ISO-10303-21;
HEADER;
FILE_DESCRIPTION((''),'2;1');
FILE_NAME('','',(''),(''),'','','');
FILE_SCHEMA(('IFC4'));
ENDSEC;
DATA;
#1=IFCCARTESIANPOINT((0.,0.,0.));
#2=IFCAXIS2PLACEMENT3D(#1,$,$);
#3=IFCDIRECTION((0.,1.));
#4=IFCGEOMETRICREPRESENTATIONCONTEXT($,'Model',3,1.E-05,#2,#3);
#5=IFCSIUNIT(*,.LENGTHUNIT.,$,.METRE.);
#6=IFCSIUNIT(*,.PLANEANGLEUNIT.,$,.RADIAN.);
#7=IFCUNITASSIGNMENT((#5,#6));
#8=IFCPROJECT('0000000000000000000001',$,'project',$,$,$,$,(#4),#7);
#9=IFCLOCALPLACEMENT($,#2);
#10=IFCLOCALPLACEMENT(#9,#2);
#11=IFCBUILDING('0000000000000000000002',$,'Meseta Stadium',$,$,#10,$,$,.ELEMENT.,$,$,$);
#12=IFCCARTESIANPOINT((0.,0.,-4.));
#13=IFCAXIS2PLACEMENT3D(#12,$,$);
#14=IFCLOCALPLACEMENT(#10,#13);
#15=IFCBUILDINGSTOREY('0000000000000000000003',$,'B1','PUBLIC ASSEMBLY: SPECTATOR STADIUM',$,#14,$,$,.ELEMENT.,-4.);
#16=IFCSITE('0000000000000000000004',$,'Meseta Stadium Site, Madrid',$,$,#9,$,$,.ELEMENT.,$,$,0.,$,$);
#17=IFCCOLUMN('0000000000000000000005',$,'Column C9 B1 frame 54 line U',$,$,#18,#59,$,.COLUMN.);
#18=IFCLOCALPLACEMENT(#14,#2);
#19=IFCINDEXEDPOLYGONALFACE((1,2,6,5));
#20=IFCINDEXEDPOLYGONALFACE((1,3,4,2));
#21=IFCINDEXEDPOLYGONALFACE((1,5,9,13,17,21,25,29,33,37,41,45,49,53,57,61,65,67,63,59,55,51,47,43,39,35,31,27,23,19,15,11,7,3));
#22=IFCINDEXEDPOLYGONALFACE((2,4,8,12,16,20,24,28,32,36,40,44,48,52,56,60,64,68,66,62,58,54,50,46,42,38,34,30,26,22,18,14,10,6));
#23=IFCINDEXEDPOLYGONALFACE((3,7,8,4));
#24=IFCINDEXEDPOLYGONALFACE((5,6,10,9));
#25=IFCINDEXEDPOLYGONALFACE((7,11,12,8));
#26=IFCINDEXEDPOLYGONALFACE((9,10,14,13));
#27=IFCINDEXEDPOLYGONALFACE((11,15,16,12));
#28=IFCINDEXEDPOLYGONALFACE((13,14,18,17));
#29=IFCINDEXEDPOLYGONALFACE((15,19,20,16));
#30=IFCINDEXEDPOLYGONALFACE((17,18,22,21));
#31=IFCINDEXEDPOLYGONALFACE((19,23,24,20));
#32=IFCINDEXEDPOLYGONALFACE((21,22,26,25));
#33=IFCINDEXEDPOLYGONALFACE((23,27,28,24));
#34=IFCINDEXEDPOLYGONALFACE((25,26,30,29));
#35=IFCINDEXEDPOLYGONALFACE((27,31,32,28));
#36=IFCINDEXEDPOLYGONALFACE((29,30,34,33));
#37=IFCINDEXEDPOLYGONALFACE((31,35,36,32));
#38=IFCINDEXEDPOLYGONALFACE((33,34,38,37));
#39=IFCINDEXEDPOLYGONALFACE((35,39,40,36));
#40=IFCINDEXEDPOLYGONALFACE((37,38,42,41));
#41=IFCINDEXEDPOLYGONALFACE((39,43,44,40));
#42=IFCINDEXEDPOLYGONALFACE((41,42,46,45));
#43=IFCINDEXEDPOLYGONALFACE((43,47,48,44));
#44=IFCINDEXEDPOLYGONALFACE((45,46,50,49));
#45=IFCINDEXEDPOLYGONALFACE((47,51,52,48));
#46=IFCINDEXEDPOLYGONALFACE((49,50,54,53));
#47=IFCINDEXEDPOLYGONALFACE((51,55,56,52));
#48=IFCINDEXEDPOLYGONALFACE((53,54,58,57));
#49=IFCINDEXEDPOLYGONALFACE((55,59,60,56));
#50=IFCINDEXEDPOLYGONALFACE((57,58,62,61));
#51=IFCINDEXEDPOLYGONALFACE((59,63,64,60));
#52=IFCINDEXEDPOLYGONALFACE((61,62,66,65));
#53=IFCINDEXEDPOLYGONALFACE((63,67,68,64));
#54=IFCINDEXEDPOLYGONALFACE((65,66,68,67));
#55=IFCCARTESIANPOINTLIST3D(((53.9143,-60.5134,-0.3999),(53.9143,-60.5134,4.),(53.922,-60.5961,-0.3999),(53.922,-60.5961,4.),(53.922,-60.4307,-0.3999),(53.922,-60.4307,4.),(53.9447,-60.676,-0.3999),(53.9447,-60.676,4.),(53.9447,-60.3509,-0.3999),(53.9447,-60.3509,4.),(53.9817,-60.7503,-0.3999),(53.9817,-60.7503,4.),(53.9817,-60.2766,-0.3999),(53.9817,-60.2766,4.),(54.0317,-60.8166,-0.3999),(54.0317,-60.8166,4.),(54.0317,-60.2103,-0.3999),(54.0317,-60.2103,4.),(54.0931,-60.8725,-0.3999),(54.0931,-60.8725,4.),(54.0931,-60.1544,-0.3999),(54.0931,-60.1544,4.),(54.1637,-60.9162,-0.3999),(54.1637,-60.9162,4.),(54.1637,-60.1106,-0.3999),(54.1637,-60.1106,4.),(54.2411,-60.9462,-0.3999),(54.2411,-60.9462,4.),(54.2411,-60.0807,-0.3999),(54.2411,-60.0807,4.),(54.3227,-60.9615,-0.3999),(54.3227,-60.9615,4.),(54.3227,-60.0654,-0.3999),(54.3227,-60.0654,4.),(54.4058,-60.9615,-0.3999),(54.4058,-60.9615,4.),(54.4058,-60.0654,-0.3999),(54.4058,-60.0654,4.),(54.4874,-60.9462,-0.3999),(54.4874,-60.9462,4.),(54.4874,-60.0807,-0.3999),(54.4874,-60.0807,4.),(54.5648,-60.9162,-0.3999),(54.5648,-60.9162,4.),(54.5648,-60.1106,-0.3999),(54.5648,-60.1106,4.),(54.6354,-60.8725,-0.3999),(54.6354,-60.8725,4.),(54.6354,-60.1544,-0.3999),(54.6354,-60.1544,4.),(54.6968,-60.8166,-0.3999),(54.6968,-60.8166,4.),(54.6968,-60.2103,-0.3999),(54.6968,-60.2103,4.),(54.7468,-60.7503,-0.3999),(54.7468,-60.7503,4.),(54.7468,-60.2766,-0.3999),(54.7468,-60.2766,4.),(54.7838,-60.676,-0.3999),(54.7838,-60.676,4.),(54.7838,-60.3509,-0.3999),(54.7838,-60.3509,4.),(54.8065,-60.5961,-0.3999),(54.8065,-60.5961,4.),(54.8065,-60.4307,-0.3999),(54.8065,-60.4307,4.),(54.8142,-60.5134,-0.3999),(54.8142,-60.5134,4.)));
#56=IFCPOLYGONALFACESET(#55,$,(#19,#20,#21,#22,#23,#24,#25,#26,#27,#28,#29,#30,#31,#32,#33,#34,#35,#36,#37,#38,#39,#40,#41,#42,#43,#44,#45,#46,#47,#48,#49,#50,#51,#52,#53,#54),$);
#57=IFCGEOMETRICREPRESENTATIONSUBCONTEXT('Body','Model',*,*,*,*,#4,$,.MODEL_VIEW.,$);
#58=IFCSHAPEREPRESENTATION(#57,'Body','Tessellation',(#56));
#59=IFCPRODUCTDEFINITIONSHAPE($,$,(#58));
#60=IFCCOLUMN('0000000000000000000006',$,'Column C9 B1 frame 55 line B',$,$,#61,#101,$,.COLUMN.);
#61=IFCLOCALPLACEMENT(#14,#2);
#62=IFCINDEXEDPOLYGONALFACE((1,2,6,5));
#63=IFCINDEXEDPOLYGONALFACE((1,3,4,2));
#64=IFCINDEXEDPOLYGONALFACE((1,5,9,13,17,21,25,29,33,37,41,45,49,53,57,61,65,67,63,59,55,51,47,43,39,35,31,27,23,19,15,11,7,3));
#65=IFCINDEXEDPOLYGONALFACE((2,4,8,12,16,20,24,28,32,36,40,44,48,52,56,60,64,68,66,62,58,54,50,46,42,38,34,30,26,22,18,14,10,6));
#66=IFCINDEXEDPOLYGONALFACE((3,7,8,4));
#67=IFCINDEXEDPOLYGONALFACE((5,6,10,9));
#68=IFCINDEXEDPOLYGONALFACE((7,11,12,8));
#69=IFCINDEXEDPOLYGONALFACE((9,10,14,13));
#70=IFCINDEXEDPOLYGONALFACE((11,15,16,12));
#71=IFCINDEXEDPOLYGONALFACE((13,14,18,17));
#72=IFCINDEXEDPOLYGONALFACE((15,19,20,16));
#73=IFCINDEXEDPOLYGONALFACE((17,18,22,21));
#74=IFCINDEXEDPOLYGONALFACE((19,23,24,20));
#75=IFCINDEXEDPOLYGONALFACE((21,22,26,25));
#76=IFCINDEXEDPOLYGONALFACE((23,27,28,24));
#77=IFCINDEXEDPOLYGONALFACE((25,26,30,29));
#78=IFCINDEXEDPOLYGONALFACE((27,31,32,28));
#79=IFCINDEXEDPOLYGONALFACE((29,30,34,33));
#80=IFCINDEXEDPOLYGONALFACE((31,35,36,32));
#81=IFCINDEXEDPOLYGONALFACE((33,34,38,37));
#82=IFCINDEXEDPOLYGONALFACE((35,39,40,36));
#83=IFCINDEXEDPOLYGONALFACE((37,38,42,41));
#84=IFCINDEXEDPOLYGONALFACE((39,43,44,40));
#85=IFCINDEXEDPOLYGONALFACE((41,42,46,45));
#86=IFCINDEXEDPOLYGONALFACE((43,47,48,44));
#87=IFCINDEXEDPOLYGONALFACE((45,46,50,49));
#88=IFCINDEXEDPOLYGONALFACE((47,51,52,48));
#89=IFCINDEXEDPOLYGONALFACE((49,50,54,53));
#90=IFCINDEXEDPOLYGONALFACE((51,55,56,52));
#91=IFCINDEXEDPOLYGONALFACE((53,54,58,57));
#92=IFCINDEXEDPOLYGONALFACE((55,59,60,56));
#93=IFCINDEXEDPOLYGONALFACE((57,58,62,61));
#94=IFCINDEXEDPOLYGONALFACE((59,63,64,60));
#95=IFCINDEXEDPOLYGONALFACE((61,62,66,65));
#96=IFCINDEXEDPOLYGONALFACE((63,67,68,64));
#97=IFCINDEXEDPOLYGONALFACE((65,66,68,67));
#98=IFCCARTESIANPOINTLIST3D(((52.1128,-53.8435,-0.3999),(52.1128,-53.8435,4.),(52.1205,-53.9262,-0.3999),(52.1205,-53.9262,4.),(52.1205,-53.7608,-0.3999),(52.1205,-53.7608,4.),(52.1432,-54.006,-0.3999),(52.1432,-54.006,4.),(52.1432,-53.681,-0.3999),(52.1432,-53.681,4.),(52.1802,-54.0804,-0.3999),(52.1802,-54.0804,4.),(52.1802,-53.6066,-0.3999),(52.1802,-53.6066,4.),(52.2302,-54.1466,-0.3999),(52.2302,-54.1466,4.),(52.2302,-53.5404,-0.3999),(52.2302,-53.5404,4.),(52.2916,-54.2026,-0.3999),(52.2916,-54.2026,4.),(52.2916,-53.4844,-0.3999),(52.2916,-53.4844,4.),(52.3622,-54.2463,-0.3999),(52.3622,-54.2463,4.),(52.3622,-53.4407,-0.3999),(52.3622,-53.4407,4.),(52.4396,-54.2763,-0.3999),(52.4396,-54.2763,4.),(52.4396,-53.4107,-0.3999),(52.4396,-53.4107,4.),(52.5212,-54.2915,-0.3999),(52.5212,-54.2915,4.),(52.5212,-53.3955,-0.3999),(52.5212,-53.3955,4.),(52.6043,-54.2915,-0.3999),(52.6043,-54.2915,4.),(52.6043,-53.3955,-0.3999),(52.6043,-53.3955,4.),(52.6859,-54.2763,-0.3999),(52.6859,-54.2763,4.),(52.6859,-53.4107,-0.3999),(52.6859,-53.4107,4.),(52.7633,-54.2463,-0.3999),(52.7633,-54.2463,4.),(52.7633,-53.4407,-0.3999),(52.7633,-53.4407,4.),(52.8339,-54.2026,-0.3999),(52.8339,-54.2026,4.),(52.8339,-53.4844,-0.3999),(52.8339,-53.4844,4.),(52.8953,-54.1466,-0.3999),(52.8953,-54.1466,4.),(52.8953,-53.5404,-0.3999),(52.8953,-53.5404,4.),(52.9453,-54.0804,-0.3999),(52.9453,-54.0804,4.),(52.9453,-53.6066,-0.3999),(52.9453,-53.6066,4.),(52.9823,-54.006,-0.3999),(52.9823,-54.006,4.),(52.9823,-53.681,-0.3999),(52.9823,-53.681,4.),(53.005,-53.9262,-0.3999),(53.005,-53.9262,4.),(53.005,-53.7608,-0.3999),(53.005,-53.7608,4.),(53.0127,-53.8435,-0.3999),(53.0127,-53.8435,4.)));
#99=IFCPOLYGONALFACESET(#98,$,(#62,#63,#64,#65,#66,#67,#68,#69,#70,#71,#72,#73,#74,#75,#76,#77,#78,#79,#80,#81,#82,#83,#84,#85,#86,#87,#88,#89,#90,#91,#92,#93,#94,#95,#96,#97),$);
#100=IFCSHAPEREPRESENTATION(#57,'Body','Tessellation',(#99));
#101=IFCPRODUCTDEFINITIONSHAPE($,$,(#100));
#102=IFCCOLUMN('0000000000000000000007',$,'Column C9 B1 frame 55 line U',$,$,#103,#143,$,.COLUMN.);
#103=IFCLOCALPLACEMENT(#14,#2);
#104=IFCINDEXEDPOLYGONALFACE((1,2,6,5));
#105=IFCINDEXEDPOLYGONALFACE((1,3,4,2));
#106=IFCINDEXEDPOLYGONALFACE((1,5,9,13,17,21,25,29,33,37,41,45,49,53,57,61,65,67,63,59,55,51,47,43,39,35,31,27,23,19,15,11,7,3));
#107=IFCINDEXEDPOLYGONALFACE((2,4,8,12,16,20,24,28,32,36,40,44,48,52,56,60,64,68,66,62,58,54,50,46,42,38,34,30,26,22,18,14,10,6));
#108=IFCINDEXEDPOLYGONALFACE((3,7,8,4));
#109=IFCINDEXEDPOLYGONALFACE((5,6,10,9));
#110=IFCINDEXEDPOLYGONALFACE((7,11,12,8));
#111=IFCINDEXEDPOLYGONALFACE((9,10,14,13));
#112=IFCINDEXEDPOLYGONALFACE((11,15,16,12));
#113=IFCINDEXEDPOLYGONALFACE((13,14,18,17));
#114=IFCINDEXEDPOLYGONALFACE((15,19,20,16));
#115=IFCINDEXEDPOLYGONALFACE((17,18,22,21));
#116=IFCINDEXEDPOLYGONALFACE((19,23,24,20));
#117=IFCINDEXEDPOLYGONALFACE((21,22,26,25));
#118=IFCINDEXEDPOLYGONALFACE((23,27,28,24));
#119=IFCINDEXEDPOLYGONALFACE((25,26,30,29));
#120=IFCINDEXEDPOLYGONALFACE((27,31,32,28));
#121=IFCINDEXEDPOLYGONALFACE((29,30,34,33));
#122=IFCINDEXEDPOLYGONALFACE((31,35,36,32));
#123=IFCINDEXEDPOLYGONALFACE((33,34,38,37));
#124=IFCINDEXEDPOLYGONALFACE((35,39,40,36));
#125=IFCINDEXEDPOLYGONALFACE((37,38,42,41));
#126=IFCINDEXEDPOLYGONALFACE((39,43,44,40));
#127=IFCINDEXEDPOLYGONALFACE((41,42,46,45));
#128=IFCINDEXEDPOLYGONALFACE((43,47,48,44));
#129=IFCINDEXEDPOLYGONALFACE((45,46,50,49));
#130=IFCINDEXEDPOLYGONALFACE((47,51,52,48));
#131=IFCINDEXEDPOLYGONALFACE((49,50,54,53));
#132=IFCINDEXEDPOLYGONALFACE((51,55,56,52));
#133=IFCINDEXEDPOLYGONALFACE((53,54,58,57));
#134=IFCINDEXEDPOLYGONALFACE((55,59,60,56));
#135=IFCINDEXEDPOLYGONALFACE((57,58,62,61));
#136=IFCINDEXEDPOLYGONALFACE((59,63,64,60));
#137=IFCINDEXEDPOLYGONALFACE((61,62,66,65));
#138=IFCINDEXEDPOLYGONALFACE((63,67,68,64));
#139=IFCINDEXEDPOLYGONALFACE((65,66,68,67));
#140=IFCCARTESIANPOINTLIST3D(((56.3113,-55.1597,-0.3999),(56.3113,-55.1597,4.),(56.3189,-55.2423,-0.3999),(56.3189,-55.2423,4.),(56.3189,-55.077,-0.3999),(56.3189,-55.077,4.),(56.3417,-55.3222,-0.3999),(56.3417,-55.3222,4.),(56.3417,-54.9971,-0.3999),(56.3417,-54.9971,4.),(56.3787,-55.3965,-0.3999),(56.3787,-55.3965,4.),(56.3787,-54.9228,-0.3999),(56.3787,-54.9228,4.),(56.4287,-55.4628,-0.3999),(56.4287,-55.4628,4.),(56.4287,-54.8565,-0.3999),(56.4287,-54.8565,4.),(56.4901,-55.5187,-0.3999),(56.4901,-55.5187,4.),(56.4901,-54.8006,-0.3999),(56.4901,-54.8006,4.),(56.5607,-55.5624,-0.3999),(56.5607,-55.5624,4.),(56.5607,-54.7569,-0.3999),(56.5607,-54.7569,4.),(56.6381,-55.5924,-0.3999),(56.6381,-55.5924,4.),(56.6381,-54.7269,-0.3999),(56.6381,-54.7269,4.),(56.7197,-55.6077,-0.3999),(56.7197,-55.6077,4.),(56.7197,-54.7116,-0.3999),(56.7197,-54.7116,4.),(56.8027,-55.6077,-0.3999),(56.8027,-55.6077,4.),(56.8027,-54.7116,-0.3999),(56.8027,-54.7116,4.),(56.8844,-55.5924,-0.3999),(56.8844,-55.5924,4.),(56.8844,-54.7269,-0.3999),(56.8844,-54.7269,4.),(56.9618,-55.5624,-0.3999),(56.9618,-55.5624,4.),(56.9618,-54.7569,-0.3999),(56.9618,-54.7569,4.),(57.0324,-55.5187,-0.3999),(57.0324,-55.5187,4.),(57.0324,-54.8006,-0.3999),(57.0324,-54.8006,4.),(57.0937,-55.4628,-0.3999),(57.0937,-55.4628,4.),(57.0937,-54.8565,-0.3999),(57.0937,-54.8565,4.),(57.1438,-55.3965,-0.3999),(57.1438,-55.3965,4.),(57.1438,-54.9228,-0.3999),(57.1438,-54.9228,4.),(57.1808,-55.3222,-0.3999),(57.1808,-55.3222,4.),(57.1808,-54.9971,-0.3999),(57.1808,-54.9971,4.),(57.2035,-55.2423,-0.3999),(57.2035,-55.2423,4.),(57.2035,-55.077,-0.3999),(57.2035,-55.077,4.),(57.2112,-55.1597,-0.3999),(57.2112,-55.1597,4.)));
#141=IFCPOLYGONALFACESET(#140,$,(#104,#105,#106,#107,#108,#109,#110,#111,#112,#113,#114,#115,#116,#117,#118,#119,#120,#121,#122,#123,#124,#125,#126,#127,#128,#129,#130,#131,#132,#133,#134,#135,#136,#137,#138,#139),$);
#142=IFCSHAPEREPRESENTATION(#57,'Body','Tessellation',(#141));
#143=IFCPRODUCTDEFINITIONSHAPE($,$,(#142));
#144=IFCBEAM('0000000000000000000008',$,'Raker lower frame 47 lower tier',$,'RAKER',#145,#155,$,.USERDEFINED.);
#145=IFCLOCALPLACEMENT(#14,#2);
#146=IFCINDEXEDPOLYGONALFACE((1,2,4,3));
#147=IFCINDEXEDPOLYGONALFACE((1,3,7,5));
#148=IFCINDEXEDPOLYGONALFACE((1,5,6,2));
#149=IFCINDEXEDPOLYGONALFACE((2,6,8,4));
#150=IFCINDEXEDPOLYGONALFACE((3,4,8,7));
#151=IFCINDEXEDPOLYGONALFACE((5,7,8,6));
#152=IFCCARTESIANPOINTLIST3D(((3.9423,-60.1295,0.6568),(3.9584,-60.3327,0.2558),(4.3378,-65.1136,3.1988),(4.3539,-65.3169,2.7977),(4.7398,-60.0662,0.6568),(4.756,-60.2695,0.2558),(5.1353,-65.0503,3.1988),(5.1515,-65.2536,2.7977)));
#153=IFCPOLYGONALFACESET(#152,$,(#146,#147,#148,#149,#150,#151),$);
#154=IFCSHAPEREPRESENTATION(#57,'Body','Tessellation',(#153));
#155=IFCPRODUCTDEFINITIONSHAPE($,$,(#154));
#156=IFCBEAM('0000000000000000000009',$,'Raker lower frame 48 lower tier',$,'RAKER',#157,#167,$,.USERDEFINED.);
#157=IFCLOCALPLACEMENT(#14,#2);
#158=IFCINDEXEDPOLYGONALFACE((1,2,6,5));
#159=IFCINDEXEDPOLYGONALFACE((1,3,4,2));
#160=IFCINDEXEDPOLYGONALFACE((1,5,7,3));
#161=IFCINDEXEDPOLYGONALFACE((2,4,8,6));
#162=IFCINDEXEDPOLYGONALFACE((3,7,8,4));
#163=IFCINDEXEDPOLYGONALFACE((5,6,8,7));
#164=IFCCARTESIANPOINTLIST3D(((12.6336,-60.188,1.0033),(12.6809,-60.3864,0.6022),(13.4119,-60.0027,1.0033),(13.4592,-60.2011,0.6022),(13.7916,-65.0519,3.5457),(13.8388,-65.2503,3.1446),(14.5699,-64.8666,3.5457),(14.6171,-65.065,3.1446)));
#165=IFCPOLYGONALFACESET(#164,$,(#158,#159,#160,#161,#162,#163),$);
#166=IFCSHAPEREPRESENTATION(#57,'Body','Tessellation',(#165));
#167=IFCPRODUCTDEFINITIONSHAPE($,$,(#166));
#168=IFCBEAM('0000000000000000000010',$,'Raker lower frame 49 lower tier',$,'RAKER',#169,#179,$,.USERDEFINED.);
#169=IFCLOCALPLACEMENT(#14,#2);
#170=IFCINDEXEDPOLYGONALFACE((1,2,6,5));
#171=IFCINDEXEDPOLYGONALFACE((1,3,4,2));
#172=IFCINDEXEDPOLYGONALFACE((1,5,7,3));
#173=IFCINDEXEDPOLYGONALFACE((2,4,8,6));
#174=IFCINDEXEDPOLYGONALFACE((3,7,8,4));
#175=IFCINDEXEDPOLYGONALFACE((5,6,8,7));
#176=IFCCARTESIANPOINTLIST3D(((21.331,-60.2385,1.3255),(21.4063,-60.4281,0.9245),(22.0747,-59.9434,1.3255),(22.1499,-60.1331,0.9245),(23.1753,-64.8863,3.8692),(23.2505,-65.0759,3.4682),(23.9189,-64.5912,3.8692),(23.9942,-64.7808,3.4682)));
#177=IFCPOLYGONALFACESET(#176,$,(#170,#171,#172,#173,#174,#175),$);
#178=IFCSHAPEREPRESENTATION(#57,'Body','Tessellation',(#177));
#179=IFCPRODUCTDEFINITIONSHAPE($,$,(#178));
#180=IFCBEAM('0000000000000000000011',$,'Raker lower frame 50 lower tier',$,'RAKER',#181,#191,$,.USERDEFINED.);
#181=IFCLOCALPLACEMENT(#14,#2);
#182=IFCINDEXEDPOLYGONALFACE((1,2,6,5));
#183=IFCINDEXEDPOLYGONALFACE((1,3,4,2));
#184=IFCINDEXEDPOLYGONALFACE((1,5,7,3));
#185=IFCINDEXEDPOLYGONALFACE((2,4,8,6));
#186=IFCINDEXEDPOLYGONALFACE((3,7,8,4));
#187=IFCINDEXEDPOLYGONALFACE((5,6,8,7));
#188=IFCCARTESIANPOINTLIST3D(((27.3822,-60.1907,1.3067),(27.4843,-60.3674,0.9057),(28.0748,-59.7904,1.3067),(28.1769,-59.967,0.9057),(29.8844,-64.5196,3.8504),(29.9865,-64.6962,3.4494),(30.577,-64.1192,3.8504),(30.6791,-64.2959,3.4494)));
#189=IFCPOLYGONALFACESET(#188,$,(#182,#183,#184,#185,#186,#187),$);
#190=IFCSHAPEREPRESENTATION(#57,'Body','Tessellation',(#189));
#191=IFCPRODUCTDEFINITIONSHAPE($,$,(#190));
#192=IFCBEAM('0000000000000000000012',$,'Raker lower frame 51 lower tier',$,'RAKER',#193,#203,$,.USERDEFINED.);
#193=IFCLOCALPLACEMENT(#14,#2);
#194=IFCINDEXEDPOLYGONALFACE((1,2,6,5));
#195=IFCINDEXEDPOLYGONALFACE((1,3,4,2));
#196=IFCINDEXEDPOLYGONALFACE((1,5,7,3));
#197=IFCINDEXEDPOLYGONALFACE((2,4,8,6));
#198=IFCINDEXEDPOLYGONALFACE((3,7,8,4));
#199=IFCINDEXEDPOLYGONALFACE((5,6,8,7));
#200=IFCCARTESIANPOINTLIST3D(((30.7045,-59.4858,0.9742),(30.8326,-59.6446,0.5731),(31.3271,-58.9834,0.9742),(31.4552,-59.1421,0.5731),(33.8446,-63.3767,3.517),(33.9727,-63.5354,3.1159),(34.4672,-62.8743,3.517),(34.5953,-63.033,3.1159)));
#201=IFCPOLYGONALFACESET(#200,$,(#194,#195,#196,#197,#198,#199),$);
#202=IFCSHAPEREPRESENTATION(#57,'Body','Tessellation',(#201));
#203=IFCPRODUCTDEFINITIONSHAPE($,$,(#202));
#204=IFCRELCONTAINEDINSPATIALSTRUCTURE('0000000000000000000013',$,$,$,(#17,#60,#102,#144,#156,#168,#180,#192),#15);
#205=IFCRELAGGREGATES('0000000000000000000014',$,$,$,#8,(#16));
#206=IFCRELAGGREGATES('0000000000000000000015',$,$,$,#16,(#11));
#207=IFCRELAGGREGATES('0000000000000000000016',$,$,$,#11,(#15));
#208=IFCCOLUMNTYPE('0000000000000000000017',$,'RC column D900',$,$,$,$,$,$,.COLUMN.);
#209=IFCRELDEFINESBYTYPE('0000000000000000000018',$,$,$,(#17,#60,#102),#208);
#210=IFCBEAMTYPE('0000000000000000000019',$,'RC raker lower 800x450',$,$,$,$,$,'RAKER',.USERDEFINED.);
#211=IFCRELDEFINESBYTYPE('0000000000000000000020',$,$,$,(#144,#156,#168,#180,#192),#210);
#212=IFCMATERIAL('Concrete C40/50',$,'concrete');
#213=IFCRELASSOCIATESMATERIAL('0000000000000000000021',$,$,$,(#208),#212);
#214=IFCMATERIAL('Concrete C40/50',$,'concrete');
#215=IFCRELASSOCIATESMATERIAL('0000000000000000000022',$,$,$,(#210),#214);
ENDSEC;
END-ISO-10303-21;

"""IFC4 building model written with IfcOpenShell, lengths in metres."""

from ifc_helpers import new_model, si_unit, direction, frame, origin, origin_2d, place, context, subcontext, project, spatial, rectangle, circle, extrude, material, material_profile, profile_set, type_object, element, save


model = new_model("IFC4")

# Units and contexts
model_context = context("Model", 3, precision=1e-05, world=origin(), true_north=direction((0.0, 1.0)))
body_context = subcontext(model_context, "Body", "Model", "MODEL_VIEW")
ifc_project = project(units=[si_unit("LENGTHUNIT", "METRE"), si_unit("PLANEANGLEUNIT", "RADIAN")], contexts=[model_context])

# Site, building, storey
site_placement = place(None, origin())
site = spatial("IfcSite", under=ifc_project, at=site_placement, Name="Meseta Stadium Site, Madrid", CompositionType="ELEMENT", RefElevation=0.0)
building_placement = place(site_placement, origin())
building = spatial("IfcBuilding", under=site, at=building_placement, Name="Meseta Stadium", CompositionType="ELEMENT")
storey_placement = place(building_placement, frame((0.0, 0.0, -4.0)))
storey = spatial("IfcBuildingStorey", under=building, at=storey_placement, Name="B1", Description="PUBLIC ASSEMBLY: SPECTATOR STADIUM", CompositionType="ELEMENT", Elevation=-4.0)

# Columns
ifc_material_1 = material(Name="Concrete C40/50", Category="concrete")
ifc_material_profile_1 = material_profile(ifc_material_1, circle(Radius=0.45, at=origin_2d()), Name="RC D900")
ifc_profile_set_1 = profile_set([ifc_material_profile_1], Name="Concrete C40/50")
column_type_1 = type_object("IfcColumnType", Name="RC column D900", PredefinedType="COLUMN", material=ifc_profile_set_1)
for number, where, z_axis, x_axis, name in (
    (1, (54.3643, -60.5134, -0.3999), (0.0, 0.0, 1.0), (1.0, 0.0, 0.0), "Column C9 B1 frame 54 line U"),
    (2, (52.5627, -53.8435, -0.3999), (0.0, 0.0, 1.0), (1.0, 0.0, 0.0), "Column C9 B1 frame 55 line B"),
    (3, (56.7612, -55.1597, -0.3999), (0.0, 0.0, 1.0), (1.0, 0.0, 0.0), "Column C9 B1 frame 55 line U"),
):
    element("IfcColumn", number, at=place(storey_placement, frame(where, z_axis=z_axis, x_axis=x_axis)), inside=storey, type_object=column_type_1, Name=name, PredefinedType="COLUMN", context=body_context, shape_type="SweptSolid", body=[
        extrude(circle(Radius=0.45, at=origin_2d()), origin(), (0.0, 0.0, 1.0), 4.3999),
    ])

# Beams
ifc_material_2 = material(Name="Concrete C40/50", Category="concrete")
ifc_material_profile_2 = material_profile(ifc_material_2, rectangle(XDim=0.8, YDim=0.45, at=origin_2d()), Name="RC 800x450")
ifc_profile_set_2 = profile_set([ifc_material_profile_2], Name="Concrete C40/50")
beam_type = type_object("IfcBeamType", Name="RC raker lower 800x450", ElementType="RAKER", PredefinedType="USERDEFINED", material=ifc_profile_set_2)
beam_1_placement = place(storey_placement, frame((4.3491, -60.1995, 0.4563), z_axis=(0.070514, -0.888612, 0.453207), x_axis=(0.996866, 0.079105, 0.0)))
element("IfcBeam", 4, at=beam_1_placement, inside=storey, type_object=beam_type, Name="Raker lower frame 47 lower tier", ObjectType="RAKER", PredefinedType="USERDEFINED", context=body_context, shape_type="SweptSolid", body=[
    extrude(rectangle(XDim=0.8, YDim=0.45, at=origin_2d()), origin(), (0.0, 0.0, 1.0), 5.6089),
])
beam_2_placement = place(storey_placement, frame((13.0464, -60.1946, 0.8027), z_axis=(0.206437, -0.867141, 0.453266), x_axis=(0.972813, 0.231594, 0.0)))
element("IfcBeam", 5, at=beam_2_placement, inside=storey, type_object=beam_type, Name="Raker lower frame 48 lower tier", ObjectType="RAKER", PredefinedType="USERDEFINED", context=body_context, shape_type="SweptSolid", body=[
    extrude(rectangle(XDim=0.8, YDim=0.45, at=origin_2d()), origin(), (0.0, 0.0, 1.0), 5.6091),
])
beam_3_placement = place(storey_placement, frame((21.7405, -60.1858, 1.125), z_axis=(0.328738, -0.828459, 0.453418), x_axis=(0.929497, 0.36883, 0.0)))
element("IfcBeam", 6, at=beam_3_placement, inside=storey, type_object=beam_type, Name="Raker lower frame 49 lower tier", ObjectType="RAKER", PredefinedType="USERDEFINED", context=body_context, shape_type="SweptSolid", body=[
    extrude(rectangle(XDim=0.8, YDim=0.45, at=origin_2d()), origin(), (0.0, 0.0, 1.0), 5.6101),
])
beam_4_placement = place(storey_placement, frame((27.7795, -60.0789, 1.1062), z_axis=(0.446036, -0.771653, 0.453435), x_axis=(0.865772, 0.500439, 0.0)))
element("IfcBeam", 7, at=beam_4_placement, inside=storey, type_object=beam_type, Name="Raker lower frame 50 lower tier", ObjectType="RAKER", PredefinedType="USERDEFINED", context=body_context, shape_type="SweptSolid", body=[
    extrude(rectangle(XDim=0.8, YDim=0.45, at=origin_2d()), origin(), (0.0, 0.0, 1.0), 5.6099),
])
beam_5_placement = place(storey_placement, frame((31.0798, -59.314, 0.7737), z_axis=(0.559804, -0.69364, 0.453301), x_axis=(0.778184, 0.628036, 0.0)))
element("IfcBeam", 8, at=beam_5_placement, inside=storey, type_object=beam_type, Name="Raker lower frame 51 lower tier", ObjectType="RAKER", PredefinedType="USERDEFINED", context=body_context, shape_type="SweptSolid", body=[
    extrude(rectangle(XDim=0.8, YDim=0.45, at=origin_2d()), origin(), (0.0, 0.0, 1.0), 5.6094),
])

save(model, "model.ifc")
